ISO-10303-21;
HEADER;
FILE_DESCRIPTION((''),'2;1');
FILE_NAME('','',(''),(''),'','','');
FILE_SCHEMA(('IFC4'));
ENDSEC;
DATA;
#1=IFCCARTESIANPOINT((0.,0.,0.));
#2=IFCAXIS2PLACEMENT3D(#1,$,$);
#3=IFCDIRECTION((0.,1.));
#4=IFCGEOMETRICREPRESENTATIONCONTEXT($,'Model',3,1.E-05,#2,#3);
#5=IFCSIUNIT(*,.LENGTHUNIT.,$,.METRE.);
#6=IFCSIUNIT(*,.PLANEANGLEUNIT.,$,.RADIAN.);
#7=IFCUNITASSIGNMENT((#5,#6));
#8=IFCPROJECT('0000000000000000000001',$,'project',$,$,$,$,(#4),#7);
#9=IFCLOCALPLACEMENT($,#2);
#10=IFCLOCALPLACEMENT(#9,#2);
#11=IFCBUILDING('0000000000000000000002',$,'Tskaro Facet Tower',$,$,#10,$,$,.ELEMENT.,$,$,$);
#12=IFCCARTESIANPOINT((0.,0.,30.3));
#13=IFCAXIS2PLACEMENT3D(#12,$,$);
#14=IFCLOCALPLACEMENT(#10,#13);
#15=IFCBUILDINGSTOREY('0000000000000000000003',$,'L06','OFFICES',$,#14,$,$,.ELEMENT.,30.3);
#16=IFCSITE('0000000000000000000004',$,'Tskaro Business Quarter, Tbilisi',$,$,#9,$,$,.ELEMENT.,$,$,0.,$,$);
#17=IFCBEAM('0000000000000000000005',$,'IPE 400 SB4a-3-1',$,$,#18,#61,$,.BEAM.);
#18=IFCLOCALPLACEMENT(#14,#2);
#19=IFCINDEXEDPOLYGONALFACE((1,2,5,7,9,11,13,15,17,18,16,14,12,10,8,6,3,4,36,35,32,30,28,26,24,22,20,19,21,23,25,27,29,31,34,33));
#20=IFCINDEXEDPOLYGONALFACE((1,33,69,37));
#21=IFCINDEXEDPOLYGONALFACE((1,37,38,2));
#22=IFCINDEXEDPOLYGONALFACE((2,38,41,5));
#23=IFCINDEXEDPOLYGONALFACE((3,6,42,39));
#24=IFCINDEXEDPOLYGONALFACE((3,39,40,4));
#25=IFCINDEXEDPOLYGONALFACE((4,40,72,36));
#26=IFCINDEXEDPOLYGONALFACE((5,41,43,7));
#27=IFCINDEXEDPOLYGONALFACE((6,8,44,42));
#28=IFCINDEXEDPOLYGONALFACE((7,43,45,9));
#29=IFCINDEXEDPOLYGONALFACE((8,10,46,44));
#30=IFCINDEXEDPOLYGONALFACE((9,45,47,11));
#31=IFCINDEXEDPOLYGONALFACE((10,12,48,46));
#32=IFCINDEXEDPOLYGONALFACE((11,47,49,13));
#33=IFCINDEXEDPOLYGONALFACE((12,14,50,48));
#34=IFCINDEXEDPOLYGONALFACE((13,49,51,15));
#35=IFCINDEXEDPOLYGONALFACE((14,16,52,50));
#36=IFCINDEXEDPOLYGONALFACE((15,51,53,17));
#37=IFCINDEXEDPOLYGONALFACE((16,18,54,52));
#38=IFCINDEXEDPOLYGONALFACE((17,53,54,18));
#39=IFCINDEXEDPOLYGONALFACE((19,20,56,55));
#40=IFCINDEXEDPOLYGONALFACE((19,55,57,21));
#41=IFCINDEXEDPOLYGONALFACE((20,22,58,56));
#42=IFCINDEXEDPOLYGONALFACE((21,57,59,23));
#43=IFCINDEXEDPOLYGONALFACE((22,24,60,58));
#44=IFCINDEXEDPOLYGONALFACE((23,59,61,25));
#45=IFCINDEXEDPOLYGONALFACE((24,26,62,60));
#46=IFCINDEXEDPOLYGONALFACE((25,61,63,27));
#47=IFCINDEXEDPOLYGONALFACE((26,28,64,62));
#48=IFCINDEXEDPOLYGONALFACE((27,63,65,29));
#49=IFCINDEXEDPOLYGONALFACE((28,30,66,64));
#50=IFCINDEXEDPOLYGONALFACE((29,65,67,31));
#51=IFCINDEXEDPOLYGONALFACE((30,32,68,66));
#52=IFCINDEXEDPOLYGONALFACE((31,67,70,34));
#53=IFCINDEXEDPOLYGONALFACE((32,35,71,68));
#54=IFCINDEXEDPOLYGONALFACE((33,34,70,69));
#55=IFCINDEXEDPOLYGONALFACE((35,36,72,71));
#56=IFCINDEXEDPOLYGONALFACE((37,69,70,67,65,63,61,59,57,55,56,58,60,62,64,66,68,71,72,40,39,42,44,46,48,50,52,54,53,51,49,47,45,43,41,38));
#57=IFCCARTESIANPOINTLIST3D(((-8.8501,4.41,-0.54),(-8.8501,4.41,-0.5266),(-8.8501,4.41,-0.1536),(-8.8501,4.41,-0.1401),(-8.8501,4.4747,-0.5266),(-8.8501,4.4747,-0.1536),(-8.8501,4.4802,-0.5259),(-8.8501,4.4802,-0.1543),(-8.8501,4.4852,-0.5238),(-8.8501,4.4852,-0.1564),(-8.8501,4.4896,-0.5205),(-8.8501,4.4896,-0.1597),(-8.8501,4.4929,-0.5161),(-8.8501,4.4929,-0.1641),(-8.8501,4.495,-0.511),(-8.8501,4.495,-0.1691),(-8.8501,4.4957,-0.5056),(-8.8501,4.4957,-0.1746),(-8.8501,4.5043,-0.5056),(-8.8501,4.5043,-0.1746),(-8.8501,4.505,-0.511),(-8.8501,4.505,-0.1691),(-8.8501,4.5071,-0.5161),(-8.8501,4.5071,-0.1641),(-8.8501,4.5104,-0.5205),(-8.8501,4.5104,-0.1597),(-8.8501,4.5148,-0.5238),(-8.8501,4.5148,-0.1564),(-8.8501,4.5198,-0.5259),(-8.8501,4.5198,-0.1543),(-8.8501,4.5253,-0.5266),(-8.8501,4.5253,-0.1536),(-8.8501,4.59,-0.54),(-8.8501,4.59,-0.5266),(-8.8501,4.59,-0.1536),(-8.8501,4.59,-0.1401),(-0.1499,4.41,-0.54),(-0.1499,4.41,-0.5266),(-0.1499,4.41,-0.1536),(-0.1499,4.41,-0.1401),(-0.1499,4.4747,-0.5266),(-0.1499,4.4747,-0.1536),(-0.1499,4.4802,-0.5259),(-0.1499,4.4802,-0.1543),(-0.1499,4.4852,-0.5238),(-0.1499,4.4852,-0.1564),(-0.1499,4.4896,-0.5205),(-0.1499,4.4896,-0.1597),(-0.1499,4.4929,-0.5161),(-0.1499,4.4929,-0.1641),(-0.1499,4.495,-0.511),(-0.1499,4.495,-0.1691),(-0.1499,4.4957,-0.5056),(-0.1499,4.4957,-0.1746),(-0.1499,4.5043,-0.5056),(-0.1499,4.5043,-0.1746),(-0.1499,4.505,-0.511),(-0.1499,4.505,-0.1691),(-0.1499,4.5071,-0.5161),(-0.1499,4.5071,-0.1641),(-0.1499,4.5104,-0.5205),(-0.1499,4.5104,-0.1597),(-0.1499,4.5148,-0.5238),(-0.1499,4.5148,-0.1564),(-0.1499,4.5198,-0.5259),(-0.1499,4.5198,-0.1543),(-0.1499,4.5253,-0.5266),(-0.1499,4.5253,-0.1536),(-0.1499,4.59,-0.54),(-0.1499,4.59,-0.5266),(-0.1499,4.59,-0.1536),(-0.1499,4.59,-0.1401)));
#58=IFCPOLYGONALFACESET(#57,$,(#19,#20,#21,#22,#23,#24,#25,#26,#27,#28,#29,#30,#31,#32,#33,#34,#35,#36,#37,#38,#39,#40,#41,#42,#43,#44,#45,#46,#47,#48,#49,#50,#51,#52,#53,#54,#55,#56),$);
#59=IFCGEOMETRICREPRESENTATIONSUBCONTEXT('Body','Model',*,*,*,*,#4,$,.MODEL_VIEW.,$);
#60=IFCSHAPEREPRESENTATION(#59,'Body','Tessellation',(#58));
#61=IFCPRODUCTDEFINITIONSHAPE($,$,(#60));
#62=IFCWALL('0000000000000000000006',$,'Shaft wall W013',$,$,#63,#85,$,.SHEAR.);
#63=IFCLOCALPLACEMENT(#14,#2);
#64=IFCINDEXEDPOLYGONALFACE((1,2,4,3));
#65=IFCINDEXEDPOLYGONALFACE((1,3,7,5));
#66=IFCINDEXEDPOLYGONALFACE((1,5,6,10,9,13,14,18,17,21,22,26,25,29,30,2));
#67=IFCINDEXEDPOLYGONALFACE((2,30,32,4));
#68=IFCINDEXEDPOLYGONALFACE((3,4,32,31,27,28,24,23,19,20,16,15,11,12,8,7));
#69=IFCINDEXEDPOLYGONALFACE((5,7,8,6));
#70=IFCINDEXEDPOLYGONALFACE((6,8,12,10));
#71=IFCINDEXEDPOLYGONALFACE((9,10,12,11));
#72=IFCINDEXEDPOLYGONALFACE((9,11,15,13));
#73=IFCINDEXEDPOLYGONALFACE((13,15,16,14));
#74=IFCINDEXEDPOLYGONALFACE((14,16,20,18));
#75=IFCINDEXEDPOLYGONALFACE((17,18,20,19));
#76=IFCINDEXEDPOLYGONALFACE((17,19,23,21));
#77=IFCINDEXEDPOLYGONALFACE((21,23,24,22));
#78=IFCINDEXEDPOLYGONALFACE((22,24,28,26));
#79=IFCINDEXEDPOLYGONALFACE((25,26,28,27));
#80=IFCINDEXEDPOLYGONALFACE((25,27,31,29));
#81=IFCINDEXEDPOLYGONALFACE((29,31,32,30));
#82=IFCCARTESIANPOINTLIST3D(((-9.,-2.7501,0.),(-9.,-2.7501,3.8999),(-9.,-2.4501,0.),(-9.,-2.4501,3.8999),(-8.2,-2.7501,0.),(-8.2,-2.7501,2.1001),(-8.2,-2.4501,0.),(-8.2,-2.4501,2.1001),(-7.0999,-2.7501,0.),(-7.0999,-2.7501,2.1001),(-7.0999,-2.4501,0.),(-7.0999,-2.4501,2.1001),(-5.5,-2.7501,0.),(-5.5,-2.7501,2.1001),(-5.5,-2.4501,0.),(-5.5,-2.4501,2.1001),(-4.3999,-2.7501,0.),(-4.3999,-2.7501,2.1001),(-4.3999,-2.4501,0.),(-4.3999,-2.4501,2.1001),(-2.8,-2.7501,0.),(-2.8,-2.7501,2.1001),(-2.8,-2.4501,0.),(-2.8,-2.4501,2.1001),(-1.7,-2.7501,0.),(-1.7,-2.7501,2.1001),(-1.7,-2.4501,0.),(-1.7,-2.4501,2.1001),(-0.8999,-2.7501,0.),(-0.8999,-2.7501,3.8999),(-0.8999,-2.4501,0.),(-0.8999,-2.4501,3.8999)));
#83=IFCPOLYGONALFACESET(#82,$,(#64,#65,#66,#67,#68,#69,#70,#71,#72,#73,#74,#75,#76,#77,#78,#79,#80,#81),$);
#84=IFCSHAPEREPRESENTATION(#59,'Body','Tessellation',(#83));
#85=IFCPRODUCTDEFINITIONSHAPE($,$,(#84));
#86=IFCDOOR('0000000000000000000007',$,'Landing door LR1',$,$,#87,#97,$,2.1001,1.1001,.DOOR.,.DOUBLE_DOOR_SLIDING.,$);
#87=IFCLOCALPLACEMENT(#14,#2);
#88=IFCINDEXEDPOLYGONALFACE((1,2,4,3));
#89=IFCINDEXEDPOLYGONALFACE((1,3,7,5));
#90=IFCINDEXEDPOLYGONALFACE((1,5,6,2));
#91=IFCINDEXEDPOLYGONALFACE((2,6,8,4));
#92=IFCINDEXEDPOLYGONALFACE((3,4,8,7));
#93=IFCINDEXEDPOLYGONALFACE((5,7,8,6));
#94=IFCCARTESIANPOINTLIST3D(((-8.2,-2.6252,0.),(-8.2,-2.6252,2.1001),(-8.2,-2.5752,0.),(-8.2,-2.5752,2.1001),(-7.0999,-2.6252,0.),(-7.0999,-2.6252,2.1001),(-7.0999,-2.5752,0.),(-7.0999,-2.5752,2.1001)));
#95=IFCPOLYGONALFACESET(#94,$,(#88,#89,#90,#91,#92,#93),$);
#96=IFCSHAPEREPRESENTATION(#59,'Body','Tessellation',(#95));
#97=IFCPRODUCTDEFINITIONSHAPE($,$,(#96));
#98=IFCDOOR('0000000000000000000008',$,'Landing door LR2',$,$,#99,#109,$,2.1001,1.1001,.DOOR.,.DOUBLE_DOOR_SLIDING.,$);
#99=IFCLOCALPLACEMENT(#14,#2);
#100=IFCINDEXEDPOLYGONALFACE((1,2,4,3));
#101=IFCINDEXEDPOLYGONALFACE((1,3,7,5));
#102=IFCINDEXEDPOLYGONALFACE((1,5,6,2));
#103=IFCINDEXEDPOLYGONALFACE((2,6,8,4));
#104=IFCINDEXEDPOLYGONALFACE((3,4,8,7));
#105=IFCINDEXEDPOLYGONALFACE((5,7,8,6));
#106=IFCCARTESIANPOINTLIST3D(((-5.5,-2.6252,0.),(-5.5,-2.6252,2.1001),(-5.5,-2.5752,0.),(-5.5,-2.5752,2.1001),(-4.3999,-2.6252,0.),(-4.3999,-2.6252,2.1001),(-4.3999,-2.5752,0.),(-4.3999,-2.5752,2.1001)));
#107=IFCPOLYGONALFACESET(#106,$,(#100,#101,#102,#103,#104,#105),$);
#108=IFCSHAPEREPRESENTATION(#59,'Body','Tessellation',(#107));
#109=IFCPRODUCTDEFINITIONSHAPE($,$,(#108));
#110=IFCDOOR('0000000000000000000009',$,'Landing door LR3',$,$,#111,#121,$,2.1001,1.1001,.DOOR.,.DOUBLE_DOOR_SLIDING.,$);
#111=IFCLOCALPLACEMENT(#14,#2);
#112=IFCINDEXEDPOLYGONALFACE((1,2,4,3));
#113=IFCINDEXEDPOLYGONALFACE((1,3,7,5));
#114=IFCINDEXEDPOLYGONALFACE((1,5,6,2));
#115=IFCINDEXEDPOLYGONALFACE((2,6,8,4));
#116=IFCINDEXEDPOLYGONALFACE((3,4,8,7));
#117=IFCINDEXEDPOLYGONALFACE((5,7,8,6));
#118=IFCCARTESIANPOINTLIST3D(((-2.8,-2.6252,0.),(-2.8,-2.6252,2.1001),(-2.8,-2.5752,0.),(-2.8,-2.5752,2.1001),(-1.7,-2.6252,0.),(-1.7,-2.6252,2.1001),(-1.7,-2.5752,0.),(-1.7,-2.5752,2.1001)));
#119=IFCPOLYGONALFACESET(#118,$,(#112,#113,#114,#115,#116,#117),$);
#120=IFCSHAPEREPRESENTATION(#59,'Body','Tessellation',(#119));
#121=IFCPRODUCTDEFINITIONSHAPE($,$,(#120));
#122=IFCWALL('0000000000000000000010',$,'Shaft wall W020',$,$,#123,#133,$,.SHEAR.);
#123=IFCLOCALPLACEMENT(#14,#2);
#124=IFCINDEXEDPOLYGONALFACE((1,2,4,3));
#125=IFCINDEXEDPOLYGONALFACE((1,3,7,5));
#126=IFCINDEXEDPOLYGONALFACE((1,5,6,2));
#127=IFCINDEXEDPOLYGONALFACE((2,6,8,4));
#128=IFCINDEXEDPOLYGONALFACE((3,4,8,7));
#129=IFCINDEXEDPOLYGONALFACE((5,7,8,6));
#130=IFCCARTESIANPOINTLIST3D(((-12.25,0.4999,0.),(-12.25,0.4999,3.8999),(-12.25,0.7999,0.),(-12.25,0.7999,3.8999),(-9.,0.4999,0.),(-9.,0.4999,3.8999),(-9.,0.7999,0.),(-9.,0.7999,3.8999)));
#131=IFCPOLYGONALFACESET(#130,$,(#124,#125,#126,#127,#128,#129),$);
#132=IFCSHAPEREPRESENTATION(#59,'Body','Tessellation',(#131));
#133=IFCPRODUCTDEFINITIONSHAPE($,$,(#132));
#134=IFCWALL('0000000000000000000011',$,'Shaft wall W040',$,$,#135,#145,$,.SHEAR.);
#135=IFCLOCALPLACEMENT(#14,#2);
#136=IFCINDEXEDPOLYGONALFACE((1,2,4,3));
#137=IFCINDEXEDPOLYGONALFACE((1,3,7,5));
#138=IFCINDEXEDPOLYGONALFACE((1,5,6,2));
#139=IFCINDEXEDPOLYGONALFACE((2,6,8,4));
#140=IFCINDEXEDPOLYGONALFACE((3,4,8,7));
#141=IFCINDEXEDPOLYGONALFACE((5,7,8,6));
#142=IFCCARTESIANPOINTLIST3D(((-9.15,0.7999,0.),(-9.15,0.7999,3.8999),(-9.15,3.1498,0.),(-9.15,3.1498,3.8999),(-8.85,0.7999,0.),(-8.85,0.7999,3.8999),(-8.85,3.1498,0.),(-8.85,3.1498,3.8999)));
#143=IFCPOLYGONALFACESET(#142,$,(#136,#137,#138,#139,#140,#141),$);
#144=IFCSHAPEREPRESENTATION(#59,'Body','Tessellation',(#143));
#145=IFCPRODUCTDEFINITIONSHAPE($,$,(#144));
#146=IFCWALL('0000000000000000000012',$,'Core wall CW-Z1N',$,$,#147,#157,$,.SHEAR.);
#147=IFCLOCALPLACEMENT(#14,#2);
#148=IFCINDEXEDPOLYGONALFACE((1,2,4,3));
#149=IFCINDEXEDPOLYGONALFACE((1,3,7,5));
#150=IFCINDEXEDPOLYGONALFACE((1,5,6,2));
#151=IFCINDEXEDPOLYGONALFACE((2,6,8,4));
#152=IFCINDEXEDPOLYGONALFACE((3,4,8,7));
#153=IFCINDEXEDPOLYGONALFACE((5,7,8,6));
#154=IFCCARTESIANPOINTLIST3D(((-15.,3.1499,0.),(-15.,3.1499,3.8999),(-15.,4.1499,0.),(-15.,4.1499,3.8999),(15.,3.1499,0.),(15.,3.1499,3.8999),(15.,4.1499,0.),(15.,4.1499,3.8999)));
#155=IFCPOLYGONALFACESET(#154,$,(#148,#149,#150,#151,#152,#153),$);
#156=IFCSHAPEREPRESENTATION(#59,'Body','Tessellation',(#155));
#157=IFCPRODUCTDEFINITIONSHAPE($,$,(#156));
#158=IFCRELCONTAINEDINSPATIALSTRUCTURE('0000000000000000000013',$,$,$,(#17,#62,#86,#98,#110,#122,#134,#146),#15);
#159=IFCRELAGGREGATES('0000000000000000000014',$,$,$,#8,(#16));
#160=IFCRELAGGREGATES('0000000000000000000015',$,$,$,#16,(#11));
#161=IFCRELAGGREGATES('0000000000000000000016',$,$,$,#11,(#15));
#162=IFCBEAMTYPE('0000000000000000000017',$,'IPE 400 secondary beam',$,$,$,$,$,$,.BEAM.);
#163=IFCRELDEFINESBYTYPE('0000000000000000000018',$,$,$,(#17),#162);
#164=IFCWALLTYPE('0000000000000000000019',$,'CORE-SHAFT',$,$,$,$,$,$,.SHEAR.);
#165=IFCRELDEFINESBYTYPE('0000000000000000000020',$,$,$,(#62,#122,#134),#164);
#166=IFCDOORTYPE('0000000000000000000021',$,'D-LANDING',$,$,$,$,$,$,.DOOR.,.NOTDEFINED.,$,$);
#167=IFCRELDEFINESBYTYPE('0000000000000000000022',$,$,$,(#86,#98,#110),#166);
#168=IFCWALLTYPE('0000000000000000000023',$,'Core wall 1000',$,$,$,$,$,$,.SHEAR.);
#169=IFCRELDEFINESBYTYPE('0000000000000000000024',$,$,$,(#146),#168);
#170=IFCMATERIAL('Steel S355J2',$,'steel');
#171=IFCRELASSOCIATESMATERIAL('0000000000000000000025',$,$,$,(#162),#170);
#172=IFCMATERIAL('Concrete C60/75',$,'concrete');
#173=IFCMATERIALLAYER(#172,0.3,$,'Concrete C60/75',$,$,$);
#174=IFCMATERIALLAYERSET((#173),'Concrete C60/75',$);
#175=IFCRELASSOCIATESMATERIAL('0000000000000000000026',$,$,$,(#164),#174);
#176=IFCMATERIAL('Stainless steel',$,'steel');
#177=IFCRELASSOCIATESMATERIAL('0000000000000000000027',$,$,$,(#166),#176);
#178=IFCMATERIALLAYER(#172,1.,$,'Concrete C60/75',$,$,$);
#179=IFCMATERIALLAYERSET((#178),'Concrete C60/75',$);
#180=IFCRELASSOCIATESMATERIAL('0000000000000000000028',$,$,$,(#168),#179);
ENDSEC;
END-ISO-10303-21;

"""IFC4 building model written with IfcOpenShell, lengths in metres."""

from ifc_helpers import new_model, si_unit, direction, frame, frame_2d, origin, origin_2d, place, context, subcontext, project, spatial, rectangle, i_section, extrude, material, layer, layer_set, material_profile, profile_set, type_object, element, fill, save


model = new_model("IFC4")

# Units and contexts
model_context = context("Model", 3, precision=1e-05, world=origin(), true_north=direction((0.0, 1.0)))
body_context = subcontext(model_context, "Body", "Model", "MODEL_VIEW")
ifc_project = project(units=[si_unit("LENGTHUNIT", "METRE"), si_unit("PLANEANGLEUNIT", "RADIAN")], contexts=[model_context])

# Site, building, storey
site_placement = place(None, origin())
site = spatial("IfcSite", under=ifc_project, at=site_placement, Name="Tskaro Business Quarter, Tbilisi", CompositionType="ELEMENT", RefElevation=0.0)
building_placement = place(site_placement, origin())
building = spatial("IfcBuilding", under=site, at=building_placement, Name="Tskaro Facet Tower", CompositionType="ELEMENT")
storey_placement = place(building_placement, frame((0.0, 0.0, 30.3)))
storey = spatial("IfcBuildingStorey", under=building, at=storey_placement, Name="L06", Description="OFFICES", CompositionType="ELEMENT", Elevation=30.3)

# Beam
ifc_material_1 = material(Name="Steel S355J2", Category="steel")
ifc_material_profile_1 = material_profile(ifc_material_1, i_section(OverallWidth=0.1799, OverallDepth=0.3999, WebThickness=0.0085, FlangeThickness=0.0134, FilletRadius=0.021, at=origin_2d()), Name="IPE 400")
ifc_profile_set_1 = profile_set([ifc_material_profile_1], Name="Steel S355J2")
beam_type_1 = type_object("IfcBeamType", Name="IPE 400 secondary beam", PredefinedType="BEAM", material=ifc_profile_set_1)
beam_1_placement = place(storey_placement, frame((-8.8501, 4.5, -0.3401), z_axis=(1.0, 0.0, 0.0), x_axis=(0.0, 1.0, 0.0)))
element("IfcBeam", 1, at=beam_1_placement, inside=storey, type_object=beam_type_1, Name="IPE 400 SB4a-3-1", PredefinedType="BEAM", context=body_context, shape_type="SweptSolid", body=[
    extrude(i_section(OverallWidth=0.1799, OverallDepth=0.3999, WebThickness=0.0085, FlangeThickness=0.0134, FilletRadius=0.021, at=origin_2d()), origin(), (0.0, 0.0, 1.0), 8.7002),
])

# Wall, openings, doors
ifc_material_2 = material(Name="Concrete C60/75", Category="concrete")
ifc_layer_1 = layer(ifc_material_2, 0.3, Name="Concrete C60/75")
ifc_layer_set_1 = layer_set([ifc_layer_1], Name="Concrete C60/75")
wall_type_1 = type_object("IfcWallType", Name="CORE-SHAFT", PredefinedType="SHEAR", material=ifc_layer_set_1)
wall_1_placement = place(storey_placement, frame((-9.0, -2.6001, 0.0), z_axis=(0.0, 0.0, 1.0), x_axis=(1.0, 0.0, 0.0)))
wall_1 = element("IfcWall", 2, at=wall_1_placement, inside=storey, type_object=wall_type_1, Name="Shaft wall W013", PredefinedType="SHEAR", context=body_context, shape_type="SweptSolid", body=[
    extrude(rectangle(XDim=8.1001, YDim=0.3, at=frame_2d((4.05, 0.0))), origin(), (0.0, 0.0, 1.0), 3.8999),
])
opening_1_placement = place(wall_1_placement, frame((0.8, 0.0, 0.0)))
opening_1 = element("IfcOpeningElement", 3, at=opening_1_placement, cuts=wall_1, PredefinedType="OPENING", context=body_context, shape_type="SweptSolid", body=[
    extrude(rectangle(XDim=1.1001, YDim=2.1001, at=frame_2d((0.55, 1.05))), frame((0.0, 0.1599, 0.0), z_axis=(0.0, -1.0, 0.0), x_axis=(1.0, 0.0, 0.0)), (0.0, 0.0, 1.0), 0.3201),
])
opening_2_placement = place(wall_1_placement, frame((3.5, 0.0, 0.0)))
opening_2 = element("IfcOpeningElement", 4, at=opening_2_placement, cuts=wall_1, PredefinedType="OPENING", context=body_context, shape_type="SweptSolid", body=[
    extrude(rectangle(XDim=1.1001, YDim=2.1001, at=frame_2d((0.55, 1.05))), frame((0.0, 0.1599, 0.0), z_axis=(0.0, -1.0, 0.0), x_axis=(1.0, 0.0, 0.0)), (0.0, 0.0, 1.0), 0.3201),
])
opening_3_placement = place(wall_1_placement, frame((6.2, 0.0, 0.0)))
opening_3 = element("IfcOpeningElement", 5, at=opening_3_placement, cuts=wall_1, PredefinedType="OPENING", context=body_context, shape_type="SweptSolid", body=[
    extrude(rectangle(XDim=1.1001, YDim=2.1001, at=frame_2d((0.55, 1.05))), frame((0.0, 0.1599, 0.0), z_axis=(0.0, -1.0, 0.0), x_axis=(1.0, 0.0, 0.0)), (0.0, 0.0, 1.0), 0.3201),
])
ifc_material_3 = material(Name="Stainless steel", Category="steel")
door_type_1 = type_object("IfcDoorType", Name="D-LANDING", OperationType="NOTDEFINED", PredefinedType="DOOR", material=ifc_material_3)
door_1_placement = place(opening_1_placement, origin())
door_1 = element("IfcDoor", 6, at=door_1_placement, inside=storey, type_object=door_type_1, Name="Landing door LR1", OperationType="DOUBLE_DOOR_SLIDING", OverallHeight=2.1001, OverallWidth=1.1001, PredefinedType="DOOR", context=body_context, shape_type="SweptSolid", body=[
    extrude(rectangle(XDim=1.1001, YDim=2.1001, at=frame_2d((0.55, 1.05))), frame((0.0, 0.0249, 0.0), z_axis=(0.0, -1.0, 0.0), x_axis=(1.0, 0.0, 0.0)), (0.0, 0.0, 1.0), 0.05),
])
fill(opening_1, door_1)
door_2_placement = place(opening_2_placement, origin())
door_2 = element("IfcDoor", 7, at=door_2_placement, inside=storey, type_object=door_type_1, Name="Landing door LR2", OperationType="DOUBLE_DOOR_SLIDING", OverallHeight=2.1001, OverallWidth=1.1001, PredefinedType="DOOR", context=body_context, shape_type="SweptSolid", body=[
    extrude(rectangle(XDim=1.1001, YDim=2.1001, at=frame_2d((0.55, 1.05))), frame((0.0, 0.0249, 0.0), z_axis=(0.0, -1.0, 0.0), x_axis=(1.0, 0.0, 0.0)), (0.0, 0.0, 1.0), 0.05),
])
fill(opening_2, door_2)
door_3_placement = place(opening_3_placement, origin())
door_3 = element("IfcDoor", 8, at=door_3_placement, inside=storey, type_object=door_type_1, Name="Landing door LR3", OperationType="DOUBLE_DOOR_SLIDING", OverallHeight=2.1001, OverallWidth=1.1001, PredefinedType="DOOR", context=body_context, shape_type="SweptSolid", body=[
    extrude(rectangle(XDim=1.1001, YDim=2.1001, at=frame_2d((0.55, 1.05))), frame((0.0, 0.0249, 0.0), z_axis=(0.0, -1.0, 0.0), x_axis=(1.0, 0.0, 0.0)), (0.0, 0.0, 1.0), 0.05),
])
fill(opening_3, door_3)

# Walls
wall_2_placement = place(storey_placement, frame((-9.0, 0.6499, 0.0), z_axis=(0.0, 0.0, 1.0), x_axis=(-1.0, 0.0, 0.0)))
element("IfcWall", 9, at=wall_2_placement, inside=storey, type_object=wall_type_1, Name="Shaft wall W020", PredefinedType="SHEAR", context=body_context, shape_type="SweptSolid", body=[
    extrude(rectangle(XDim=3.25, YDim=0.3, at=frame_2d((1.625, 0.0))), origin(), (0.0, 0.0, 1.0), 3.8999),
])
wall_3_placement = place(storey_placement, frame((-9.0, 0.8, 0.0), z_axis=(0.0, 0.0, 1.0), x_axis=(0.0, 1.0, 0.0)))
element("IfcWall", 10, at=wall_3_placement, inside=storey, type_object=wall_type_1, Name="Shaft wall W040", PredefinedType="SHEAR", context=body_context, shape_type="SweptSolid", body=[
    extrude(rectangle(XDim=2.3499, YDim=0.3, at=frame_2d((1.1748, 0.0))), origin(), (0.0, 0.0, 1.0), 3.8999),
])
ifc_layer_2 = layer(ifc_material_2, 1.0, Name="Concrete C60/75")
ifc_layer_set_2 = layer_set([ifc_layer_2], Name="Concrete C60/75")
wall_type_2 = type_object("IfcWallType", Name="Core wall 1000", PredefinedType="SHEAR", material=ifc_layer_set_2)
wall_4_placement = place(storey_placement, frame((-15.0, 3.6499, 0.0), z_axis=(0.0, 0.0, 1.0), x_axis=(1.0, 0.0, 0.0)))
element("IfcWall", 11, at=wall_4_placement, inside=storey, type_object=wall_type_2, Name="Core wall CW-Z1N", PredefinedType="SHEAR", context=body_context, shape_type="SweptSolid", body=[
    extrude(rectangle(XDim=30.0, YDim=1.0, at=frame_2d((15.0, 0.0))), origin(), (0.0, 0.0, 1.0), 3.8999),
])

save(model, "model.ifc")
